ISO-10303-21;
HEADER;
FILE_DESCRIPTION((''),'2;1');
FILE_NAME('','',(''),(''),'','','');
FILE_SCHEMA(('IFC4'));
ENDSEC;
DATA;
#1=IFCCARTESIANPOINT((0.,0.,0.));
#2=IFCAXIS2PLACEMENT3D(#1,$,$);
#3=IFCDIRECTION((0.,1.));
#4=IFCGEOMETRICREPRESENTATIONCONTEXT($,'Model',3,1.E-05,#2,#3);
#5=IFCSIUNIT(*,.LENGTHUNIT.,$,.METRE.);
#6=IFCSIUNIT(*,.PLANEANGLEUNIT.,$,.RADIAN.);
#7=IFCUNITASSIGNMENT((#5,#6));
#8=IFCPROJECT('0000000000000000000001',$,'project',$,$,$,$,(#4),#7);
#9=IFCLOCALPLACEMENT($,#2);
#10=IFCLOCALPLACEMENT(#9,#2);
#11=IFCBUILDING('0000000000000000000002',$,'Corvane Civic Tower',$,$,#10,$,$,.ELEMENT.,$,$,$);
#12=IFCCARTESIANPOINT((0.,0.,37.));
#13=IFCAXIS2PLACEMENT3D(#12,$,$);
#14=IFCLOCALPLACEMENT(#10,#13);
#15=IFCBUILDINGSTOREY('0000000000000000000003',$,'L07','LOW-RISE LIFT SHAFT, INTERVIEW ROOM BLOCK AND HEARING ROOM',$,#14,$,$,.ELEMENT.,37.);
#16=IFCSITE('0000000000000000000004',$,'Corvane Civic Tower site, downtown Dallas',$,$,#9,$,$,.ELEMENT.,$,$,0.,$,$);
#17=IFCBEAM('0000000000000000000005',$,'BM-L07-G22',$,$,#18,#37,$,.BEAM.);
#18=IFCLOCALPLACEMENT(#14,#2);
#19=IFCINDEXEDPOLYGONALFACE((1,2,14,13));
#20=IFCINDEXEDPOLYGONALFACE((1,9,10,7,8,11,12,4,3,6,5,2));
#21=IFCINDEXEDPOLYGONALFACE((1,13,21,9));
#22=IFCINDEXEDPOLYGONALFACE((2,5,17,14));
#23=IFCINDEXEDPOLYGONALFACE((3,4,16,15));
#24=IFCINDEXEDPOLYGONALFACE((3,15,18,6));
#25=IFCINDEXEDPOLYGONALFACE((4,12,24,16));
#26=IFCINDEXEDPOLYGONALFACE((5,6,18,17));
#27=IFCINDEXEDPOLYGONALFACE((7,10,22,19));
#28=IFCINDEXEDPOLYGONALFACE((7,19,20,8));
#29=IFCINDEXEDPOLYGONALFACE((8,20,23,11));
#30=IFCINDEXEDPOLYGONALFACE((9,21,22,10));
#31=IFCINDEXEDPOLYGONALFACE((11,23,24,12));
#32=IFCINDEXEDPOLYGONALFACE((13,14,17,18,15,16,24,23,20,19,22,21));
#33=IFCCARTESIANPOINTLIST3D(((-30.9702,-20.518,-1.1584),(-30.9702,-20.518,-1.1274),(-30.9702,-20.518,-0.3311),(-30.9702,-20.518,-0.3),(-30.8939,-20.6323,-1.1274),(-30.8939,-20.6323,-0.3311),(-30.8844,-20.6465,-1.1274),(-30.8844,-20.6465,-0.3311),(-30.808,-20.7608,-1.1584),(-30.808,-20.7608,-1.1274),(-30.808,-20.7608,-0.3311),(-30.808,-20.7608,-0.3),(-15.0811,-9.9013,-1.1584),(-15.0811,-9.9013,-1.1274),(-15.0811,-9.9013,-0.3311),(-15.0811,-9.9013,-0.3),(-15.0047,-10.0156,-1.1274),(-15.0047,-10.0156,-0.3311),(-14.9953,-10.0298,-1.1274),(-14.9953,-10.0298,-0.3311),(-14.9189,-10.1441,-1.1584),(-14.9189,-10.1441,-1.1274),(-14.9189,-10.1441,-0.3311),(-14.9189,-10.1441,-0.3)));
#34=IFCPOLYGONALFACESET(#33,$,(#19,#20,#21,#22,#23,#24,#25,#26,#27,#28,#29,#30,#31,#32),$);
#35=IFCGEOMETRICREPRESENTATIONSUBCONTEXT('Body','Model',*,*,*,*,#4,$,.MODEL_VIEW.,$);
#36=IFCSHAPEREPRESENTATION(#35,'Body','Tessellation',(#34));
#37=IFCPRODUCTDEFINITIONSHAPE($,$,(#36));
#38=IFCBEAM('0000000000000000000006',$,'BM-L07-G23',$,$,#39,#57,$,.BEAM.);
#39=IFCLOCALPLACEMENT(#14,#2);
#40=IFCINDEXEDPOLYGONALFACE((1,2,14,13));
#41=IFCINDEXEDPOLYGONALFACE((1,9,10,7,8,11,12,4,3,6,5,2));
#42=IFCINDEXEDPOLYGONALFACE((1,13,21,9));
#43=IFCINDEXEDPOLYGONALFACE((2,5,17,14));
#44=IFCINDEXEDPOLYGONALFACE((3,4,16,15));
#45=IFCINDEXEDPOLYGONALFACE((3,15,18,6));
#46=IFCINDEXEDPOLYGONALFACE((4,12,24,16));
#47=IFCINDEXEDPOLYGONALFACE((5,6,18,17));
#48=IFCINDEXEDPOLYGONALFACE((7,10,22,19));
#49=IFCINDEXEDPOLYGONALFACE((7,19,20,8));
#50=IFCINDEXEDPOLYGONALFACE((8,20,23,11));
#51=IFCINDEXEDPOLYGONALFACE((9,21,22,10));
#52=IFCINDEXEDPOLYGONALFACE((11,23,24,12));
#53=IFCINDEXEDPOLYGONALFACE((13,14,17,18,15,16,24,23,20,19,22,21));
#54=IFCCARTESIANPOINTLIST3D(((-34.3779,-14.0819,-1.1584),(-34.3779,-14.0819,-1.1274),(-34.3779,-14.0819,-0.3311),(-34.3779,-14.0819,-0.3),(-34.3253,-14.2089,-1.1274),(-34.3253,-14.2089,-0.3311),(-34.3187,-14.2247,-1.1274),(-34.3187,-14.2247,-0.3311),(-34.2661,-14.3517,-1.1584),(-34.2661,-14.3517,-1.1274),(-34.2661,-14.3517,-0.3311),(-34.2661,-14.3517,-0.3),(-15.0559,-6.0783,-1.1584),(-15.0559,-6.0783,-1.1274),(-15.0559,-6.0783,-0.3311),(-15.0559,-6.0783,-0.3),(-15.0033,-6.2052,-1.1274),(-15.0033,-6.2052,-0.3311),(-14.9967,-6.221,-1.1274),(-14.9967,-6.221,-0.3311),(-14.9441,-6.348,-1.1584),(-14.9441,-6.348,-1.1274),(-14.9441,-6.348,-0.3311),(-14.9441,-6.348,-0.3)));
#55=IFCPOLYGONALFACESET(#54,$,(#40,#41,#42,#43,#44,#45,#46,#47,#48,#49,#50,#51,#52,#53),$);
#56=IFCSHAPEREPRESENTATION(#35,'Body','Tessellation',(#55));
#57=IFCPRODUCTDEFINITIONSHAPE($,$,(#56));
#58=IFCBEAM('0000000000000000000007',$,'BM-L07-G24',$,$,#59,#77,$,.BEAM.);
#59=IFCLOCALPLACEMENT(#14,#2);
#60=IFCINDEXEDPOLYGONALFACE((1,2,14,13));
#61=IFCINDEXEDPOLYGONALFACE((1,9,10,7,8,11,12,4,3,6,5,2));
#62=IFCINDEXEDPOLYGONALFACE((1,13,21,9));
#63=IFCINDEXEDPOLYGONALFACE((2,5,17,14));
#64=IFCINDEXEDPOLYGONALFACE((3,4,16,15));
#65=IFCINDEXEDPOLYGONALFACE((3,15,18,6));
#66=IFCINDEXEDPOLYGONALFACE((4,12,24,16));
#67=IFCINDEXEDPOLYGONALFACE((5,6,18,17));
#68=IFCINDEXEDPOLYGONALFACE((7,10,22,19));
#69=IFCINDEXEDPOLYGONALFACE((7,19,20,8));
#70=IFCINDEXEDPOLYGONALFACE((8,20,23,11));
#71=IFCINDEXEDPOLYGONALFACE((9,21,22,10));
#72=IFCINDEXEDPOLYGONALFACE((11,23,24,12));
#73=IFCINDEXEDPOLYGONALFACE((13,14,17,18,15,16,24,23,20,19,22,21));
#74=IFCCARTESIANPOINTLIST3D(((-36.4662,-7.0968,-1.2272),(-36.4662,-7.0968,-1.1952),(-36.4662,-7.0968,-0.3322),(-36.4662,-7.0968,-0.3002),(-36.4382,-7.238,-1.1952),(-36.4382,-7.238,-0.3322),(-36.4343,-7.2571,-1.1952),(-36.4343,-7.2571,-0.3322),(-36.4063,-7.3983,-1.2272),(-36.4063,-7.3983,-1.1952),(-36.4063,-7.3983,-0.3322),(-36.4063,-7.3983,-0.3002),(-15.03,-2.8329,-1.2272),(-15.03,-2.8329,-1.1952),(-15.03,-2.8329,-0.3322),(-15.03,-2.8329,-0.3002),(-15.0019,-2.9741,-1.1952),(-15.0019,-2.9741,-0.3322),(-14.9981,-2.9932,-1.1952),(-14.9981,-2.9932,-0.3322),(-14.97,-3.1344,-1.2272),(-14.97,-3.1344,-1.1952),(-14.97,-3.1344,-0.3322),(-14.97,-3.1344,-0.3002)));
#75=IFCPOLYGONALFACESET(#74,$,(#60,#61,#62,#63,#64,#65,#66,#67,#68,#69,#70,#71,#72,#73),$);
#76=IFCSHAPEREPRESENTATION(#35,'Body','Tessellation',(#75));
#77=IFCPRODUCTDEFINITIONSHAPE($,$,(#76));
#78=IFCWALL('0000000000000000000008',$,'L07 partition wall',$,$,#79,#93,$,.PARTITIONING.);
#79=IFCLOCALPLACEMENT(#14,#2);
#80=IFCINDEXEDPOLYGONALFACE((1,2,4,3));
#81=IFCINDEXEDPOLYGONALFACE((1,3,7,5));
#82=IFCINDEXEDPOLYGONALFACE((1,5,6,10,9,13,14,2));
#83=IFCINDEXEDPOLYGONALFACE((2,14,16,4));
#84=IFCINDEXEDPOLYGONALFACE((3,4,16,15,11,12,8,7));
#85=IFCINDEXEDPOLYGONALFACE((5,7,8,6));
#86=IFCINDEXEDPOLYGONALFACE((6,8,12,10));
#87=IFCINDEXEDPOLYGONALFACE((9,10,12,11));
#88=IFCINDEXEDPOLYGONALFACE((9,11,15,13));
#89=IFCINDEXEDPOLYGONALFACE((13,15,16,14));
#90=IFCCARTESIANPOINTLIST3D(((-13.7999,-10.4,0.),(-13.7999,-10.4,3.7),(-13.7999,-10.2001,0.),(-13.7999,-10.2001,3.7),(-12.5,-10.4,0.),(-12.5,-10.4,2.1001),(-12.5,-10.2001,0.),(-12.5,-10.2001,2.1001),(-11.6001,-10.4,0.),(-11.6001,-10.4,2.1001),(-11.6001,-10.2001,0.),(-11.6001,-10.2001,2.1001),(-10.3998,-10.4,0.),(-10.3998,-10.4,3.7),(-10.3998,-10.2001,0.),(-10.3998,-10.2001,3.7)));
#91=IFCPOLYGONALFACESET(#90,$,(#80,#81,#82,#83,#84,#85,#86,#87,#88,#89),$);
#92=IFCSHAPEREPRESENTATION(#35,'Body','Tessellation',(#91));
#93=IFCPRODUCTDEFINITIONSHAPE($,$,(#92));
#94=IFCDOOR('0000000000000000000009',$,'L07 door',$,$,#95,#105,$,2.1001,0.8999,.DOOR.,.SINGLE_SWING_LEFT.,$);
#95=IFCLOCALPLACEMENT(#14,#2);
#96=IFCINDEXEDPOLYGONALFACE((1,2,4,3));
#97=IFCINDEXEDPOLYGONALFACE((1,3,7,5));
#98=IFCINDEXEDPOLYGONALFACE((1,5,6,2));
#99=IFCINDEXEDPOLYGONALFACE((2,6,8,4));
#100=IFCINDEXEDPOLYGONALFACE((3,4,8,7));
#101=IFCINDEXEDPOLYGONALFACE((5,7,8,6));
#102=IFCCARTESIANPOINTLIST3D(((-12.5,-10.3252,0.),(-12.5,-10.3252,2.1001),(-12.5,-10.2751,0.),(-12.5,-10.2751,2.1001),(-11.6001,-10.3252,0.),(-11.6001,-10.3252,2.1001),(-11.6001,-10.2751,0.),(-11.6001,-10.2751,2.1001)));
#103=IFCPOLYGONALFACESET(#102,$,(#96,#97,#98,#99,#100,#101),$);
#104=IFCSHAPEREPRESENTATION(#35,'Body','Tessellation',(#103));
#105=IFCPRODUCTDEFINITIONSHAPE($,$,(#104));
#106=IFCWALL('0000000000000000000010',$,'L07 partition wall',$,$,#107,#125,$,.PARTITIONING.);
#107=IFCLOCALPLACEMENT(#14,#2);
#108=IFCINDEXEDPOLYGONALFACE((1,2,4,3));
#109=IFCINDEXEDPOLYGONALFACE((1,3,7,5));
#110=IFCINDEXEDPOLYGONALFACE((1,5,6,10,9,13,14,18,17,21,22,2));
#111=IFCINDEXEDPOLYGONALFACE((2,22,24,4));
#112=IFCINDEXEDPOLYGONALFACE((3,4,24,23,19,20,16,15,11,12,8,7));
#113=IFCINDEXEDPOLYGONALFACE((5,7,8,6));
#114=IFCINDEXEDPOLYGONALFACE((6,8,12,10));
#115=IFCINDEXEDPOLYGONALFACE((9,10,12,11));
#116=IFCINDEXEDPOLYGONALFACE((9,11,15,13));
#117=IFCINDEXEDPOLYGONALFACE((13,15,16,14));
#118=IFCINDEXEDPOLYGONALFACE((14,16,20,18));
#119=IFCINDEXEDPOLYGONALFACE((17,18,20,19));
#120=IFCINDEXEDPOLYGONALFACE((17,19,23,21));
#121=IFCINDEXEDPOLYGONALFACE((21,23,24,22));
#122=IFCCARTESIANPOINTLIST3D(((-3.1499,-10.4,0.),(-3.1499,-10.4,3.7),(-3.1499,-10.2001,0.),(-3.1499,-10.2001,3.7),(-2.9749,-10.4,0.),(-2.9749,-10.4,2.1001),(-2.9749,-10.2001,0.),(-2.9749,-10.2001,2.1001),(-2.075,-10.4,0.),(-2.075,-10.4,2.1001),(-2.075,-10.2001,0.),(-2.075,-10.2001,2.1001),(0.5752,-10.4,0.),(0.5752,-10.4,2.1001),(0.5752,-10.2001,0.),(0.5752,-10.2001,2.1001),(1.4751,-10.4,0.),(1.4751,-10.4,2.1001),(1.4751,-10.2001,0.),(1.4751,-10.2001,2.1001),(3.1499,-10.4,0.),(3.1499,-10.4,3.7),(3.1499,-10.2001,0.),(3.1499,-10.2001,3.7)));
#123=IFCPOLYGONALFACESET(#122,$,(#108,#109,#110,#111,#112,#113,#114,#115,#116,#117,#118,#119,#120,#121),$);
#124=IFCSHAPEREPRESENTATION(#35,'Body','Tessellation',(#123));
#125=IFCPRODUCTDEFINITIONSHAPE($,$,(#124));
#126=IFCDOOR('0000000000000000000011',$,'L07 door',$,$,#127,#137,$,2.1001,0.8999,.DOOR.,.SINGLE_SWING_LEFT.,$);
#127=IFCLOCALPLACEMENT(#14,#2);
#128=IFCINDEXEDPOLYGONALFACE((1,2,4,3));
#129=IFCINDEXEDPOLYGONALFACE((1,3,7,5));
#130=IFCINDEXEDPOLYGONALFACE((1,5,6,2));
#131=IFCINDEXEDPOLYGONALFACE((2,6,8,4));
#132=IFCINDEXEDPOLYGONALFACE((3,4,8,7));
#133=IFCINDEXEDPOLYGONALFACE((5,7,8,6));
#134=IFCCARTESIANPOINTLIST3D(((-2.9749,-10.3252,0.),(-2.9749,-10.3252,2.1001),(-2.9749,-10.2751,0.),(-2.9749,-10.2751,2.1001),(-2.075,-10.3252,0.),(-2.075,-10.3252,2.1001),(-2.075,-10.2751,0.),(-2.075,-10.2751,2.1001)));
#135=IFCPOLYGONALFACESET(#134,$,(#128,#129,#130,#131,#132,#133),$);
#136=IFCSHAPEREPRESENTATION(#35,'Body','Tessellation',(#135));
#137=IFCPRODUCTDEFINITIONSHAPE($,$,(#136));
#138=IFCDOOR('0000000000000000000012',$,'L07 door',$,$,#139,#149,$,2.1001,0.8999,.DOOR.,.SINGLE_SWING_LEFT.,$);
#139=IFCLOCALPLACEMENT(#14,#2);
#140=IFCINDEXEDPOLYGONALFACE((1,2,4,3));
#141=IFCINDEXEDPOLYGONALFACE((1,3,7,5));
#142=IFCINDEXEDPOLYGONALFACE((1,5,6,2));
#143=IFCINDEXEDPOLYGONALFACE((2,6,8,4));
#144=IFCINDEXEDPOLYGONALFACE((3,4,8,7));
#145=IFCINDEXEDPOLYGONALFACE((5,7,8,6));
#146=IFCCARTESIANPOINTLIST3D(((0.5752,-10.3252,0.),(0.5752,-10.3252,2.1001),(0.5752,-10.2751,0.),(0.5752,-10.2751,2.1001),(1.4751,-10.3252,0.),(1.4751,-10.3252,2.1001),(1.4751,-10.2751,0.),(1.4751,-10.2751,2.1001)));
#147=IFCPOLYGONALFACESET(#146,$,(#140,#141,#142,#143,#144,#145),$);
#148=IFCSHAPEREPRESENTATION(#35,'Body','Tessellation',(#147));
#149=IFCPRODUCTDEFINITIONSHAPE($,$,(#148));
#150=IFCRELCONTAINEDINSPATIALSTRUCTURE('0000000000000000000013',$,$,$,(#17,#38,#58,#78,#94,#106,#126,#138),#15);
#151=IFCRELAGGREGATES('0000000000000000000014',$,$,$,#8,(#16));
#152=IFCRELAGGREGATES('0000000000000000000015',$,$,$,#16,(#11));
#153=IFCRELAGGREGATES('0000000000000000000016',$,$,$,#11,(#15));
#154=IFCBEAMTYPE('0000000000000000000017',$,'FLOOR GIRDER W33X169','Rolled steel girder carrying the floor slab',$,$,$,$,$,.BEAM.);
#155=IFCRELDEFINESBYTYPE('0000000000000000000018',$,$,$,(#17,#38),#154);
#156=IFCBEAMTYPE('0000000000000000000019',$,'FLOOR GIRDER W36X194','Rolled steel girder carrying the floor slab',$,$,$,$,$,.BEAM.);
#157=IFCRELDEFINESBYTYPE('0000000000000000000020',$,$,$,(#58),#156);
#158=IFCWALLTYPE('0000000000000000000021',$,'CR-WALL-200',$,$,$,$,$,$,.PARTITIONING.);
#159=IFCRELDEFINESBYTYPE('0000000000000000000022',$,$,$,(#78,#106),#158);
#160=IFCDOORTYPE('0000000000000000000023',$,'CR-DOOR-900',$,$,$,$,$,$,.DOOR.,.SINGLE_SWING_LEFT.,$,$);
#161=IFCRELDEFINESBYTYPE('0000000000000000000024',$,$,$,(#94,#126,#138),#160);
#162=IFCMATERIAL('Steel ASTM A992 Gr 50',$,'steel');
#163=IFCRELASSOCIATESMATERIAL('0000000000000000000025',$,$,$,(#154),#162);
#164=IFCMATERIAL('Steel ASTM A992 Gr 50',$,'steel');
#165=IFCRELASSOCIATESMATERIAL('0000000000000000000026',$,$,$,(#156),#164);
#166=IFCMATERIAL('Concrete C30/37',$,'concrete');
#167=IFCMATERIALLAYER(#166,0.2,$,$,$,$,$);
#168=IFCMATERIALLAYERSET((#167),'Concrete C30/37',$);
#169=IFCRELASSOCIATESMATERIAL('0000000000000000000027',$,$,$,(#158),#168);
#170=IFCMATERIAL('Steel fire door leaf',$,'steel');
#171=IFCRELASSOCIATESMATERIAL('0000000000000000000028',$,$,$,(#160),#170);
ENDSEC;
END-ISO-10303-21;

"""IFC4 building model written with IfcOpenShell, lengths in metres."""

from ifc_helpers import new_model, si_unit, direction, frame, frame_2d, origin, origin_2d, place, context, subcontext, project, spatial, rectangle, i_section, extrude, material, layer, layer_set, material_profile, profile_set, type_object, element, fill, save


model = new_model("IFC4")

# Units and contexts
model_context = context("Model", 3, precision=1e-05, world=origin(), true_north=direction((0.0, 1.0)))
body_context = subcontext(model_context, "Body", "Model", "MODEL_VIEW")
ifc_project = project(units=[si_unit("LENGTHUNIT", "METRE"), si_unit("PLANEANGLEUNIT", "RADIAN")], contexts=[model_context])

# Site, building, storey
site_placement = place(None, origin())
site = spatial("IfcSite", under=ifc_project, at=site_placement, Name="Corvane Civic Tower site, downtown Dallas", CompositionType="ELEMENT", RefElevation=0.0)
building_placement = place(site_placement, origin())
building = spatial("IfcBuilding", under=site, at=building_placement, Name="Corvane Civic Tower", CompositionType="ELEMENT")
storey_placement = place(building_placement, frame((0.0, 0.0, 37.0)))
storey = spatial("IfcBuildingStorey", under=building, at=storey_placement, Name="L07", Description="LOW-RISE LIFT SHAFT, INTERVIEW ROOM BLOCK AND HEARING ROOM", CompositionType="ELEMENT", Elevation=37.0)

# Beams
ifc_material_1 = material(Name="Steel ASTM A992 Gr 50", Category="steel")
ifc_material_profile_1 = material_profile(ifc_material_1, i_section(OverallWidth=0.292, OverallDepth=0.8584, WebThickness=0.0171, FlangeThickness=0.031, at=origin_2d()), Name="W33X169")
ifc_profile_set_1 = profile_set([ifc_material_profile_1], Name="Steel ASTM A992 Gr 50")
beam_type_1 = type_object("IfcBeamType", Name="FLOOR GIRDER W33X169", Description="Rolled steel girder carrying the floor slab", PredefinedType="BEAM", material=ifc_profile_set_1)
beam_1_placement = place(storey_placement, frame((-15.0, -10.0227, -0.7292), z_axis=(-0.831472, -0.555567, 0.0), x_axis=(0.555567, -0.831472, 0.0)))
element("IfcBeam", 1, at=beam_1_placement, inside=storey, type_object=beam_type_1, Name="BM-L07-G22", PredefinedType="BEAM", context=body_context, shape_type="SweptSolid", body=[
    extrude(i_section(OverallWidth=0.292, OverallDepth=0.8584, WebThickness=0.0171, FlangeThickness=0.031, at=origin_2d()), origin(), (0.0, 0.0, 1.0), 19.1096),
])
beam_2_placement = place(storey_placement, frame((-15.0, -6.2131, -0.7292), z_axis=(-0.923876, -0.382692, 0.0), x_axis=(0.382692, -0.923876, 0.0)))
element("IfcBeam", 2, at=beam_2_placement, inside=storey, type_object=beam_type_1, Name="BM-L07-G23", PredefinedType="BEAM", context=body_context, shape_type="SweptSolid", body=[
    extrude(i_section(OverallWidth=0.292, OverallDepth=0.8584, WebThickness=0.0171, FlangeThickness=0.031, at=origin_2d()), origin(), (0.0, 0.0, 1.0), 20.9141),
])
ifc_material_2 = material(Name="Steel ASTM A992 Gr 50", Category="steel")
ifc_material_profile_2 = material_profile(ifc_material_2, i_section(OverallWidth=0.3074, OverallDepth=0.927, WebThickness=0.0195, FlangeThickness=0.032, at=origin_2d()), Name="W36X194")
ifc_profile_set_2 = profile_set([ifc_material_profile_2], Name="Steel ASTM A992 Gr 50")
beam_type_2 = type_object("IfcBeamType", Name="FLOOR GIRDER W36X194", Description="Rolled steel girder carrying the floor slab", PredefinedType="BEAM", material=ifc_profile_set_2)
beam_3_placement = place(storey_placement, frame((-15.0, -2.9836, -0.7637), z_axis=(-0.980785, -0.195089, 0.0), x_axis=(0.195089, -0.980785, 0.0)))
element("IfcBeam", 3, at=beam_3_placement, inside=storey, type_object=beam_type_2, Name="BM-L07-G24", PredefinedType="BEAM", context=body_context, shape_type="SweptSolid", body=[
    extrude(i_section(OverallWidth=0.3074, OverallDepth=0.927, WebThickness=0.0195, FlangeThickness=0.032, at=origin_2d()), origin(), (0.0, 0.0, 1.0), 21.8562),
])

# Wall, opening, door
ifc_material_3 = material(Name="Concrete C30/37", Category="concrete")
ifc_layer_1 = layer(ifc_material_3, 0.2)
ifc_layer_set_1 = layer_set([ifc_layer_1], Name="Concrete C30/37")
wall_type_1 = type_object("IfcWallType", Name="CR-WALL-200", PredefinedType="PARTITIONING", material=ifc_layer_set_1)
wall_1_placement = place(storey_placement, frame((-13.8, -10.3, 0.0), z_axis=(0.0, 0.0, 1.0), x_axis=(1.0, 0.0, 0.0)))
wall_1 = element("IfcWall", 4, at=wall_1_placement, inside=storey, type_object=wall_type_1, Name="L07 partition wall", PredefinedType="PARTITIONING", context=body_context, shape_type="SweptSolid", body=[
    extrude(rectangle(XDim=3.4001, YDim=0.2, at=frame_2d((1.7002, 0.0))), origin(), (0.0, 0.0, 1.0), 3.7),
])
opening_1_placement = place(wall_1_placement, frame((1.3, 0.0, 0.0)))
opening_1 = element("IfcOpeningElement", 5, at=opening_1_placement, cuts=wall_1, PredefinedType="OPENING", context=body_context, shape_type="SweptSolid", body=[
    extrude(rectangle(XDim=0.8999, YDim=2.1001, at=frame_2d((0.45, 1.05))), frame((0.0, 0.1099, 0.0), z_axis=(0.0, -1.0, 0.0), x_axis=(1.0, 0.0, 0.0)), (0.0, 0.0, 1.0), 0.22),
])
ifc_material_4 = material(Name="Steel fire door leaf", Category="steel")
door_type_1 = type_object("IfcDoorType", Name="CR-DOOR-900", OperationType="SINGLE_SWING_LEFT", PredefinedType="DOOR", material=ifc_material_4)
door_1_placement = place(opening_1_placement, origin())
door_1 = element("IfcDoor", 6, at=door_1_placement, inside=storey, type_object=door_type_1, Name="L07 door", OperationType="SINGLE_SWING_LEFT", OverallHeight=2.1001, OverallWidth=0.8999, PredefinedType="DOOR", context=body_context, shape_type="SweptSolid", body=[
    extrude(rectangle(XDim=0.8999, YDim=2.1001, at=frame_2d((0.45, 1.05))), frame((0.0, 0.0249, 0.0), z_axis=(0.0, -1.0, 0.0), x_axis=(1.0, 0.0, 0.0)), (0.0, 0.0, 1.0), 0.05),
])
fill(opening_1, door_1)

# Wall, openings, doors
wall_2_placement = place(storey_placement, frame((-3.1499, -10.3, 0.0), z_axis=(0.0, 0.0, 1.0), x_axis=(1.0, 0.0, 0.0)))
wall_2 = element("IfcWall", 7, at=wall_2_placement, inside=storey, type_object=wall_type_1, Name="L07 partition wall", PredefinedType="PARTITIONING", context=body_context, shape_type="SweptSolid", body=[
    extrude(rectangle(XDim=6.2998, YDim=0.2, at=frame_2d((3.1499, 0.0))), origin(), (0.0, 0.0, 1.0), 3.7),
])
opening_2_placement = place(wall_2_placement, frame((0.175, 0.0, 0.0)))
opening_2 = element("IfcOpeningElement", 8, at=opening_2_placement, cuts=wall_2, PredefinedType="OPENING", context=body_context, shape_type="SweptSolid", body=[
    extrude(rectangle(XDim=0.8999, YDim=2.1001, at=frame_2d((0.45, 1.05))), frame((0.0, 0.1099, 0.0), z_axis=(0.0, -1.0, 0.0), x_axis=(1.0, 0.0, 0.0)), (0.0, 0.0, 1.0), 0.22),
])
opening_3_placement = place(wall_2_placement, frame((3.7251, 0.0, 0.0)))
opening_3 = element("IfcOpeningElement", 9, at=opening_3_placement, cuts=wall_2, PredefinedType="OPENING", context=body_context, shape_type="SweptSolid", body=[
    extrude(rectangle(XDim=0.8999, YDim=2.1001, at=frame_2d((0.45, 1.05))), frame((0.0, 0.1099, 0.0), z_axis=(0.0, -1.0, 0.0), x_axis=(1.0, 0.0, 0.0)), (0.0, 0.0, 1.0), 0.22),
])
door_2_placement = place(opening_2_placement, origin())
door_2 = element("IfcDoor", 10, at=door_2_placement, inside=storey, type_object=door_type_1, Name="L07 door", OperationType="SINGLE_SWING_LEFT", OverallHeight=2.1001, OverallWidth=0.8999, PredefinedType="DOOR", context=body_context, shape_type="SweptSolid", body=[
    extrude(rectangle(XDim=0.8999, YDim=2.1001, at=frame_2d((0.45, 1.05))), frame((0.0, 0.0249, 0.0), z_axis=(0.0, -1.0, 0.0), x_axis=(1.0, 0.0, 0.0)), (0.0, 0.0, 1.0), 0.05),
])
fill(opening_2, door_2)
door_3_placement = place(opening_3_placement, origin())
door_3 = element("IfcDoor", 11, at=door_3_placement, inside=storey, type_object=door_type_1, Name="L07 door", OperationType="SINGLE_SWING_LEFT", OverallHeight=2.1001, OverallWidth=0.8999, PredefinedType="DOOR", context=body_context, shape_type="SweptSolid", body=[
    extrude(rectangle(XDim=0.8999, YDim=2.1001, at=frame_2d((0.45, 1.05))), frame((0.0, 0.0249, 0.0), z_axis=(0.0, -1.0, 0.0), x_axis=(1.0, 0.0, 0.0)), (0.0, 0.0, 1.0), 0.05),
])
fill(opening_3, door_3)

save(model, "model.ifc")
